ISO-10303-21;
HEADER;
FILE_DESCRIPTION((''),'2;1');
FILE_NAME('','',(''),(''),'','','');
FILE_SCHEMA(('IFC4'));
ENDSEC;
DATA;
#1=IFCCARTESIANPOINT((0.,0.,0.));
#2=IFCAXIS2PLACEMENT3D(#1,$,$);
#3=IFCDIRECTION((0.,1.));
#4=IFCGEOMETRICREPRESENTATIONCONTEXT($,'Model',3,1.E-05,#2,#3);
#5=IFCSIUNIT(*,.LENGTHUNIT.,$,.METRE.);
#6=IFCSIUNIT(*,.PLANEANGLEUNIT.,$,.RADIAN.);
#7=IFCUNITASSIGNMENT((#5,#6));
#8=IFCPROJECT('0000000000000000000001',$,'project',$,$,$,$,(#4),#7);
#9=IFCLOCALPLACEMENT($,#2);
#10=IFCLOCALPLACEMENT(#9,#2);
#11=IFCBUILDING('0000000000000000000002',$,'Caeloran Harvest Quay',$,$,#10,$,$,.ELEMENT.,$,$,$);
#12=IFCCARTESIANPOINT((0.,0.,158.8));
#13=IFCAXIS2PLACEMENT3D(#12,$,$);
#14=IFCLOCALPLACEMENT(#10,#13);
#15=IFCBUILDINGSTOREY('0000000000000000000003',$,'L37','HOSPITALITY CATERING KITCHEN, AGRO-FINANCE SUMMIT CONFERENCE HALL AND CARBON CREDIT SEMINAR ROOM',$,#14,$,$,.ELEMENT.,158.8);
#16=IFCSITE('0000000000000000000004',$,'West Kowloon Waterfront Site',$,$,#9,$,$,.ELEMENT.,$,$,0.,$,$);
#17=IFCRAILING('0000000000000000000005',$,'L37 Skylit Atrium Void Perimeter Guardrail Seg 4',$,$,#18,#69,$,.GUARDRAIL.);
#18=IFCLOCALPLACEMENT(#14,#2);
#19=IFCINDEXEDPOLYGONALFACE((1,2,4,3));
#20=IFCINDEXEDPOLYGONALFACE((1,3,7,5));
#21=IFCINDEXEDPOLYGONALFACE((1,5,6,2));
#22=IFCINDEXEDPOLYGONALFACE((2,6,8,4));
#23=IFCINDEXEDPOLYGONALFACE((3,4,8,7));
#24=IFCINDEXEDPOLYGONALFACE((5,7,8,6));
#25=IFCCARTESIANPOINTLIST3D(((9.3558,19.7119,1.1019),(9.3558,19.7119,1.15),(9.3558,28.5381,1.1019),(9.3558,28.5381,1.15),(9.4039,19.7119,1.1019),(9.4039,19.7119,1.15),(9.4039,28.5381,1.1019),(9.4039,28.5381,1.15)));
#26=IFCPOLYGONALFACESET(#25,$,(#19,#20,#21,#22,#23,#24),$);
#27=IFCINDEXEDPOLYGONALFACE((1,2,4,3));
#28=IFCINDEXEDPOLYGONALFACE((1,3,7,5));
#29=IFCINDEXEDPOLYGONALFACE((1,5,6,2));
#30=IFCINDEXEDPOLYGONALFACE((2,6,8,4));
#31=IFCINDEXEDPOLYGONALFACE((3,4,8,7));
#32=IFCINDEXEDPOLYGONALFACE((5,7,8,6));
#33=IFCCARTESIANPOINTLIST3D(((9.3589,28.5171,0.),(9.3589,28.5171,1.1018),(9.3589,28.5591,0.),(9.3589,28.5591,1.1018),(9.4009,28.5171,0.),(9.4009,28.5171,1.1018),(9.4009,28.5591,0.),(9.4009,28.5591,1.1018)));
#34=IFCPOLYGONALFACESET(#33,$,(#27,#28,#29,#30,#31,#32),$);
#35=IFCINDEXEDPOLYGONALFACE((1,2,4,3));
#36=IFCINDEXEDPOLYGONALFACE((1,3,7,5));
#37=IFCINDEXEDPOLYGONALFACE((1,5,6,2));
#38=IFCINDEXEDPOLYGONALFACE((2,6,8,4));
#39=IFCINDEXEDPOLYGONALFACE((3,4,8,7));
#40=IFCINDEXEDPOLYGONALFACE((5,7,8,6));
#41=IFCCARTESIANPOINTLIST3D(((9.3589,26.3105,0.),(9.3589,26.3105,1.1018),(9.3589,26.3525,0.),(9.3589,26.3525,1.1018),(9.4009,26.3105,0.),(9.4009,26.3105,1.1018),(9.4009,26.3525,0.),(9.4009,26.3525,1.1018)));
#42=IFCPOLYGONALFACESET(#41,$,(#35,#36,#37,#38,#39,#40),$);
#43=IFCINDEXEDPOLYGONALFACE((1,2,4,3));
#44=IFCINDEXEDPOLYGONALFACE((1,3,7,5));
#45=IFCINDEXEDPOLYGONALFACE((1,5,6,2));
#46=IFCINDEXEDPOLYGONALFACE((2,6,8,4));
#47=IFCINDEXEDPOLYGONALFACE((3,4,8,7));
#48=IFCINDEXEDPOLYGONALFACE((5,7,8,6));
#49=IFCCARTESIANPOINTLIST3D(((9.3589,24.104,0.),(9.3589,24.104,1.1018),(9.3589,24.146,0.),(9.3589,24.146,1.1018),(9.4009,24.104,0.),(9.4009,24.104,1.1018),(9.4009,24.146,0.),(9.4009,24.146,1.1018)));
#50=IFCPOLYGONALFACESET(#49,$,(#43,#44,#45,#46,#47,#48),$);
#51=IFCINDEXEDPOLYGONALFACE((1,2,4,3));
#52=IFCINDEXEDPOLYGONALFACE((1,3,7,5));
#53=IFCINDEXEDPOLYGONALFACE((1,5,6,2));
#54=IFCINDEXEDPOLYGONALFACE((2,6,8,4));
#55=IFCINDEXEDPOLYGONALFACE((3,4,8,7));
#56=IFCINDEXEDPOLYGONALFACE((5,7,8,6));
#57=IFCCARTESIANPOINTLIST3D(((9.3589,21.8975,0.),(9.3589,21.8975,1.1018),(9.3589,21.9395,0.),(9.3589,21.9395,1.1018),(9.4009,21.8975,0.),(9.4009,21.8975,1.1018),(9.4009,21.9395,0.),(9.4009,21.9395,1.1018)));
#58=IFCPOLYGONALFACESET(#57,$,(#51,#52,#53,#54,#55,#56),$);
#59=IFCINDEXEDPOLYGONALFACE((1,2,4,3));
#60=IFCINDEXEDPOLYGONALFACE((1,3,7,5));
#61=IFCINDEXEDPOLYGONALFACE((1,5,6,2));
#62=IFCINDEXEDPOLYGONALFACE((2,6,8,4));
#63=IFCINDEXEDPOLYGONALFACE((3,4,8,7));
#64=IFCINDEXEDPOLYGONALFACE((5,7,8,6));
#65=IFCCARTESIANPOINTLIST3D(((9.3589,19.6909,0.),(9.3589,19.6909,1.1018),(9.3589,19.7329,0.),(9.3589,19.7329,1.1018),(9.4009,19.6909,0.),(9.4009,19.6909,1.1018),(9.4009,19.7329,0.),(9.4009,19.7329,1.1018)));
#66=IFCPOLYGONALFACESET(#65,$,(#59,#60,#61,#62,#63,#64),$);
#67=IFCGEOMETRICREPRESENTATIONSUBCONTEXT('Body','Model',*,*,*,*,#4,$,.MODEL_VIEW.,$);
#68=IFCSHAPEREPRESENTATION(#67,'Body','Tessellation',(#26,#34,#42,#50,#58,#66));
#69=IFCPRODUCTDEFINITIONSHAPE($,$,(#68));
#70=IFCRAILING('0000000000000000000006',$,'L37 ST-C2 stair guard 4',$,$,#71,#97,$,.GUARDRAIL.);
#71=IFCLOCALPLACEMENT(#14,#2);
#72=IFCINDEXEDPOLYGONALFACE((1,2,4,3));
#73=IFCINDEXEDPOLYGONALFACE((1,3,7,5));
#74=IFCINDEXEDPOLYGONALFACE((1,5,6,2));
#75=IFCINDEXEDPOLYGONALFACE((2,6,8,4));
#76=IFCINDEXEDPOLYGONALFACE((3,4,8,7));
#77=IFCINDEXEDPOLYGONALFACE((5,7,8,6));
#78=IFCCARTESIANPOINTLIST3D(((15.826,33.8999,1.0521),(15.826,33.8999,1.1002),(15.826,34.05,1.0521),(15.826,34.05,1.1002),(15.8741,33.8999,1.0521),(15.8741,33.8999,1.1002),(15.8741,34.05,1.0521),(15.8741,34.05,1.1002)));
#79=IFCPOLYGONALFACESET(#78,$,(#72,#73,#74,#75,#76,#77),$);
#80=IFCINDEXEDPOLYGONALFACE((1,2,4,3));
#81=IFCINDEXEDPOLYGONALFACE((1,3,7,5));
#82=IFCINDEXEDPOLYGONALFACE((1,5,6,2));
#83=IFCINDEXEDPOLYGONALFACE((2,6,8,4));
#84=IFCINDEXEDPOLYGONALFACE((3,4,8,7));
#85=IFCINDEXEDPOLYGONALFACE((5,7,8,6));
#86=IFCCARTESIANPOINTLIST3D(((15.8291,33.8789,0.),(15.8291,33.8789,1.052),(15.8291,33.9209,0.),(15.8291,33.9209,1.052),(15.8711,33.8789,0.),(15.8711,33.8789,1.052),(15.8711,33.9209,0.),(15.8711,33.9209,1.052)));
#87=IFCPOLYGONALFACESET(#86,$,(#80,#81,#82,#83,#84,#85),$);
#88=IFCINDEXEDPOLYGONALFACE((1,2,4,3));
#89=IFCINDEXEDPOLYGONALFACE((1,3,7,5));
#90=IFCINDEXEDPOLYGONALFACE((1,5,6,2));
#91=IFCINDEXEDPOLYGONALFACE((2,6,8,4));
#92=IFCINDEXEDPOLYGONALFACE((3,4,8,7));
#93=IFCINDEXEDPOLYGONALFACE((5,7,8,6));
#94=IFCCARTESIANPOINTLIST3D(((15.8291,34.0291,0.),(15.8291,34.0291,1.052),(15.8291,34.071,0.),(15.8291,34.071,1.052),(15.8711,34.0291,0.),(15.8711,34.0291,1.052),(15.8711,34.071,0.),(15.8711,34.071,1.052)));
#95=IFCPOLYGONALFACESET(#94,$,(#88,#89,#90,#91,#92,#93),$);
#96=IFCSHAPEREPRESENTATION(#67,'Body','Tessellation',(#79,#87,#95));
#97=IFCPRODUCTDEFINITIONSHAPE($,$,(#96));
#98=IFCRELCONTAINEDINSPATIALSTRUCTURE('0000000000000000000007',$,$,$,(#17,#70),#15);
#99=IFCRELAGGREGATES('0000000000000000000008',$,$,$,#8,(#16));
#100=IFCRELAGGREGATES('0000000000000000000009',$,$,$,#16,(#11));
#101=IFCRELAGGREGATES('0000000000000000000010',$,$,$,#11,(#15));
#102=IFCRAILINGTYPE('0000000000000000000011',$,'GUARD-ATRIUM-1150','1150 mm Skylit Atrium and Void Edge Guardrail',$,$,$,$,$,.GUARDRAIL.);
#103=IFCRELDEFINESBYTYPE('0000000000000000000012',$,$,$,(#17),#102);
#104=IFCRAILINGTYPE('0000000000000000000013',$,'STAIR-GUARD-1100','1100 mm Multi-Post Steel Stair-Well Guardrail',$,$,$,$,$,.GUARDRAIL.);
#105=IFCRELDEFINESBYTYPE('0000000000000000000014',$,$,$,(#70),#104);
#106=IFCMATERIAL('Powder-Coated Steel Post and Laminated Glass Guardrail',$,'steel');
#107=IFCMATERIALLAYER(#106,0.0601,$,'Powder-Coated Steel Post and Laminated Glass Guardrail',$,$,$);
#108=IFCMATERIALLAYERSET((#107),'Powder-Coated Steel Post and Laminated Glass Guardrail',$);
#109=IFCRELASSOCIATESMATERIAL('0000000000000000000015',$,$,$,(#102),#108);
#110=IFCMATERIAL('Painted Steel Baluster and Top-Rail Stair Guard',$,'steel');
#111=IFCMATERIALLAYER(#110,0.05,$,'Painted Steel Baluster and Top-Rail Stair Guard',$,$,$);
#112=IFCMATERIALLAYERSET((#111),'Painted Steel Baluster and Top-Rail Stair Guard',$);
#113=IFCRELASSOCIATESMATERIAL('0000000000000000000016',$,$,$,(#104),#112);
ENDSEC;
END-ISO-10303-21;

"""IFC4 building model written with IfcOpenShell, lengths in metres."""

from ifc_helpers import new_model, si_unit, direction, frame, origin, origin_2d, place, context, subcontext, project, spatial, rectangle, extrude, material, layer, layer_set, type_object, element, save


model = new_model("IFC4")

# Units and contexts
model_context = context("Model", 3, precision=1e-05, world=origin(), true_north=direction((0.0, 1.0)))
body_context = subcontext(model_context, "Body", "Model", "MODEL_VIEW")
ifc_project = project(units=[si_unit("LENGTHUNIT", "METRE"), si_unit("PLANEANGLEUNIT", "RADIAN")], contexts=[model_context])

# Site, building, storey
site_placement = place(None, origin())
site = spatial("IfcSite", under=ifc_project, at=site_placement, Name="West Kowloon Waterfront Site", CompositionType="ELEMENT", RefElevation=0.0)
building_placement = place(site_placement, origin())
building = spatial("IfcBuilding", under=site, at=building_placement, Name="Caeloran Harvest Quay", CompositionType="ELEMENT")
storey_placement = place(building_placement, frame((0.0, 0.0, 158.8)))
storey = spatial("IfcBuildingStorey", under=building, at=storey_placement, Name="L37", Description="HOSPITALITY CATERING KITCHEN, AGRO-FINANCE SUMMIT CONFERENCE HALL AND CARBON CREDIT SEMINAR ROOM", CompositionType="ELEMENT", Elevation=158.8)

# Railings
ifc_material_1 = material(Name="Powder-Coated Steel Post and Laminated Glass Guardrail", Category="steel")
ifc_layer_1 = layer(ifc_material_1, 0.0601, Name="Powder-Coated Steel Post and Laminated Glass Guardrail")
ifc_layer_set_1 = layer_set([ifc_layer_1], Name="Powder-Coated Steel Post and Laminated Glass Guardrail")
railing_type_1 = type_object("IfcRailingType", Name="GUARD-ATRIUM-1150", Description="1150 mm Skylit Atrium and Void Edge Guardrail", PredefinedType="GUARDRAIL", material=ifc_layer_set_1)
railing_1_placement = place(storey_placement, frame((9.3799, 28.5381, 0.0)))
element("IfcRailing", 1, at=railing_1_placement, inside=storey, type_object=railing_type_1, Name="L37 Skylit Atrium Void Perimeter Guardrail Seg 4", PredefinedType="GUARDRAIL", context=body_context, shape_type="SweptSolid", body=[
    extrude(rectangle(XDim=0.0481, YDim=0.0481, at=origin_2d()), frame((0.0, 0.0, 1.126), z_axis=(0.0, -1.0, 0.0), x_axis=(1.0, 0.0, 0.0)), (0.0, 0.0, 1.0), 8.8262),
    extrude(rectangle(XDim=0.042, YDim=0.042, at=origin_2d()), origin(), (0.0, 0.0, 1.0), 1.1018),
    extrude(rectangle(XDim=0.042, YDim=0.042, at=origin_2d()), frame((0.0, -2.2065, 0.0)), (0.0, 0.0, 1.0), 1.1018),
    extrude(rectangle(XDim=0.042, YDim=0.042, at=origin_2d()), frame((0.0, -4.4131, 0.0)), (0.0, 0.0, 1.0), 1.1018),
    extrude(rectangle(XDim=0.042, YDim=0.042, at=origin_2d()), frame((0.0, -6.6196, 0.0)), (0.0, 0.0, 1.0), 1.1018),
    extrude(rectangle(XDim=0.042, YDim=0.042, at=origin_2d()), frame((0.0, -8.8262, 0.0)), (0.0, 0.0, 1.0), 1.1018),
])
ifc_material_2 = material(Name="Painted Steel Baluster and Top-Rail Stair Guard", Category="steel")
ifc_layer_2 = layer(ifc_material_2, 0.05, Name="Painted Steel Baluster and Top-Rail Stair Guard")
ifc_layer_set_2 = layer_set([ifc_layer_2], Name="Painted Steel Baluster and Top-Rail Stair Guard")
railing_type_2 = type_object("IfcRailingType", Name="STAIR-GUARD-1100", Description="1100 mm Multi-Post Steel Stair-Well Guardrail", PredefinedType="GUARDRAIL", material=ifc_layer_set_2)
railing_2_placement = place(storey_placement, frame((15.8501, 33.8999, 0.0)))
element("IfcRailing", 2, at=railing_2_placement, inside=storey, type_object=railing_type_2, Name="L37 ST-C2 stair guard 4", PredefinedType="GUARDRAIL", context=body_context, shape_type="SweptSolid", body=[
    extrude(rectangle(XDim=0.0481, YDim=0.0481, at=origin_2d()), frame((0.0, 0.0, 1.0762), z_axis=(0.0, 1.0, 0.0), x_axis=(-1.0, 0.0, 0.0)), (0.0, 0.0, 1.0), 0.1501),
    extrude(rectangle(XDim=0.042, YDim=0.042, at=origin_2d()), origin(), (0.0, 0.0, 1.0), 1.052),
    extrude(rectangle(XDim=0.042, YDim=0.042, at=origin_2d()), frame((0.0, 0.1501, 0.0)), (0.0, 0.0, 1.0), 1.052),
])

save(model, "model.ifc")
